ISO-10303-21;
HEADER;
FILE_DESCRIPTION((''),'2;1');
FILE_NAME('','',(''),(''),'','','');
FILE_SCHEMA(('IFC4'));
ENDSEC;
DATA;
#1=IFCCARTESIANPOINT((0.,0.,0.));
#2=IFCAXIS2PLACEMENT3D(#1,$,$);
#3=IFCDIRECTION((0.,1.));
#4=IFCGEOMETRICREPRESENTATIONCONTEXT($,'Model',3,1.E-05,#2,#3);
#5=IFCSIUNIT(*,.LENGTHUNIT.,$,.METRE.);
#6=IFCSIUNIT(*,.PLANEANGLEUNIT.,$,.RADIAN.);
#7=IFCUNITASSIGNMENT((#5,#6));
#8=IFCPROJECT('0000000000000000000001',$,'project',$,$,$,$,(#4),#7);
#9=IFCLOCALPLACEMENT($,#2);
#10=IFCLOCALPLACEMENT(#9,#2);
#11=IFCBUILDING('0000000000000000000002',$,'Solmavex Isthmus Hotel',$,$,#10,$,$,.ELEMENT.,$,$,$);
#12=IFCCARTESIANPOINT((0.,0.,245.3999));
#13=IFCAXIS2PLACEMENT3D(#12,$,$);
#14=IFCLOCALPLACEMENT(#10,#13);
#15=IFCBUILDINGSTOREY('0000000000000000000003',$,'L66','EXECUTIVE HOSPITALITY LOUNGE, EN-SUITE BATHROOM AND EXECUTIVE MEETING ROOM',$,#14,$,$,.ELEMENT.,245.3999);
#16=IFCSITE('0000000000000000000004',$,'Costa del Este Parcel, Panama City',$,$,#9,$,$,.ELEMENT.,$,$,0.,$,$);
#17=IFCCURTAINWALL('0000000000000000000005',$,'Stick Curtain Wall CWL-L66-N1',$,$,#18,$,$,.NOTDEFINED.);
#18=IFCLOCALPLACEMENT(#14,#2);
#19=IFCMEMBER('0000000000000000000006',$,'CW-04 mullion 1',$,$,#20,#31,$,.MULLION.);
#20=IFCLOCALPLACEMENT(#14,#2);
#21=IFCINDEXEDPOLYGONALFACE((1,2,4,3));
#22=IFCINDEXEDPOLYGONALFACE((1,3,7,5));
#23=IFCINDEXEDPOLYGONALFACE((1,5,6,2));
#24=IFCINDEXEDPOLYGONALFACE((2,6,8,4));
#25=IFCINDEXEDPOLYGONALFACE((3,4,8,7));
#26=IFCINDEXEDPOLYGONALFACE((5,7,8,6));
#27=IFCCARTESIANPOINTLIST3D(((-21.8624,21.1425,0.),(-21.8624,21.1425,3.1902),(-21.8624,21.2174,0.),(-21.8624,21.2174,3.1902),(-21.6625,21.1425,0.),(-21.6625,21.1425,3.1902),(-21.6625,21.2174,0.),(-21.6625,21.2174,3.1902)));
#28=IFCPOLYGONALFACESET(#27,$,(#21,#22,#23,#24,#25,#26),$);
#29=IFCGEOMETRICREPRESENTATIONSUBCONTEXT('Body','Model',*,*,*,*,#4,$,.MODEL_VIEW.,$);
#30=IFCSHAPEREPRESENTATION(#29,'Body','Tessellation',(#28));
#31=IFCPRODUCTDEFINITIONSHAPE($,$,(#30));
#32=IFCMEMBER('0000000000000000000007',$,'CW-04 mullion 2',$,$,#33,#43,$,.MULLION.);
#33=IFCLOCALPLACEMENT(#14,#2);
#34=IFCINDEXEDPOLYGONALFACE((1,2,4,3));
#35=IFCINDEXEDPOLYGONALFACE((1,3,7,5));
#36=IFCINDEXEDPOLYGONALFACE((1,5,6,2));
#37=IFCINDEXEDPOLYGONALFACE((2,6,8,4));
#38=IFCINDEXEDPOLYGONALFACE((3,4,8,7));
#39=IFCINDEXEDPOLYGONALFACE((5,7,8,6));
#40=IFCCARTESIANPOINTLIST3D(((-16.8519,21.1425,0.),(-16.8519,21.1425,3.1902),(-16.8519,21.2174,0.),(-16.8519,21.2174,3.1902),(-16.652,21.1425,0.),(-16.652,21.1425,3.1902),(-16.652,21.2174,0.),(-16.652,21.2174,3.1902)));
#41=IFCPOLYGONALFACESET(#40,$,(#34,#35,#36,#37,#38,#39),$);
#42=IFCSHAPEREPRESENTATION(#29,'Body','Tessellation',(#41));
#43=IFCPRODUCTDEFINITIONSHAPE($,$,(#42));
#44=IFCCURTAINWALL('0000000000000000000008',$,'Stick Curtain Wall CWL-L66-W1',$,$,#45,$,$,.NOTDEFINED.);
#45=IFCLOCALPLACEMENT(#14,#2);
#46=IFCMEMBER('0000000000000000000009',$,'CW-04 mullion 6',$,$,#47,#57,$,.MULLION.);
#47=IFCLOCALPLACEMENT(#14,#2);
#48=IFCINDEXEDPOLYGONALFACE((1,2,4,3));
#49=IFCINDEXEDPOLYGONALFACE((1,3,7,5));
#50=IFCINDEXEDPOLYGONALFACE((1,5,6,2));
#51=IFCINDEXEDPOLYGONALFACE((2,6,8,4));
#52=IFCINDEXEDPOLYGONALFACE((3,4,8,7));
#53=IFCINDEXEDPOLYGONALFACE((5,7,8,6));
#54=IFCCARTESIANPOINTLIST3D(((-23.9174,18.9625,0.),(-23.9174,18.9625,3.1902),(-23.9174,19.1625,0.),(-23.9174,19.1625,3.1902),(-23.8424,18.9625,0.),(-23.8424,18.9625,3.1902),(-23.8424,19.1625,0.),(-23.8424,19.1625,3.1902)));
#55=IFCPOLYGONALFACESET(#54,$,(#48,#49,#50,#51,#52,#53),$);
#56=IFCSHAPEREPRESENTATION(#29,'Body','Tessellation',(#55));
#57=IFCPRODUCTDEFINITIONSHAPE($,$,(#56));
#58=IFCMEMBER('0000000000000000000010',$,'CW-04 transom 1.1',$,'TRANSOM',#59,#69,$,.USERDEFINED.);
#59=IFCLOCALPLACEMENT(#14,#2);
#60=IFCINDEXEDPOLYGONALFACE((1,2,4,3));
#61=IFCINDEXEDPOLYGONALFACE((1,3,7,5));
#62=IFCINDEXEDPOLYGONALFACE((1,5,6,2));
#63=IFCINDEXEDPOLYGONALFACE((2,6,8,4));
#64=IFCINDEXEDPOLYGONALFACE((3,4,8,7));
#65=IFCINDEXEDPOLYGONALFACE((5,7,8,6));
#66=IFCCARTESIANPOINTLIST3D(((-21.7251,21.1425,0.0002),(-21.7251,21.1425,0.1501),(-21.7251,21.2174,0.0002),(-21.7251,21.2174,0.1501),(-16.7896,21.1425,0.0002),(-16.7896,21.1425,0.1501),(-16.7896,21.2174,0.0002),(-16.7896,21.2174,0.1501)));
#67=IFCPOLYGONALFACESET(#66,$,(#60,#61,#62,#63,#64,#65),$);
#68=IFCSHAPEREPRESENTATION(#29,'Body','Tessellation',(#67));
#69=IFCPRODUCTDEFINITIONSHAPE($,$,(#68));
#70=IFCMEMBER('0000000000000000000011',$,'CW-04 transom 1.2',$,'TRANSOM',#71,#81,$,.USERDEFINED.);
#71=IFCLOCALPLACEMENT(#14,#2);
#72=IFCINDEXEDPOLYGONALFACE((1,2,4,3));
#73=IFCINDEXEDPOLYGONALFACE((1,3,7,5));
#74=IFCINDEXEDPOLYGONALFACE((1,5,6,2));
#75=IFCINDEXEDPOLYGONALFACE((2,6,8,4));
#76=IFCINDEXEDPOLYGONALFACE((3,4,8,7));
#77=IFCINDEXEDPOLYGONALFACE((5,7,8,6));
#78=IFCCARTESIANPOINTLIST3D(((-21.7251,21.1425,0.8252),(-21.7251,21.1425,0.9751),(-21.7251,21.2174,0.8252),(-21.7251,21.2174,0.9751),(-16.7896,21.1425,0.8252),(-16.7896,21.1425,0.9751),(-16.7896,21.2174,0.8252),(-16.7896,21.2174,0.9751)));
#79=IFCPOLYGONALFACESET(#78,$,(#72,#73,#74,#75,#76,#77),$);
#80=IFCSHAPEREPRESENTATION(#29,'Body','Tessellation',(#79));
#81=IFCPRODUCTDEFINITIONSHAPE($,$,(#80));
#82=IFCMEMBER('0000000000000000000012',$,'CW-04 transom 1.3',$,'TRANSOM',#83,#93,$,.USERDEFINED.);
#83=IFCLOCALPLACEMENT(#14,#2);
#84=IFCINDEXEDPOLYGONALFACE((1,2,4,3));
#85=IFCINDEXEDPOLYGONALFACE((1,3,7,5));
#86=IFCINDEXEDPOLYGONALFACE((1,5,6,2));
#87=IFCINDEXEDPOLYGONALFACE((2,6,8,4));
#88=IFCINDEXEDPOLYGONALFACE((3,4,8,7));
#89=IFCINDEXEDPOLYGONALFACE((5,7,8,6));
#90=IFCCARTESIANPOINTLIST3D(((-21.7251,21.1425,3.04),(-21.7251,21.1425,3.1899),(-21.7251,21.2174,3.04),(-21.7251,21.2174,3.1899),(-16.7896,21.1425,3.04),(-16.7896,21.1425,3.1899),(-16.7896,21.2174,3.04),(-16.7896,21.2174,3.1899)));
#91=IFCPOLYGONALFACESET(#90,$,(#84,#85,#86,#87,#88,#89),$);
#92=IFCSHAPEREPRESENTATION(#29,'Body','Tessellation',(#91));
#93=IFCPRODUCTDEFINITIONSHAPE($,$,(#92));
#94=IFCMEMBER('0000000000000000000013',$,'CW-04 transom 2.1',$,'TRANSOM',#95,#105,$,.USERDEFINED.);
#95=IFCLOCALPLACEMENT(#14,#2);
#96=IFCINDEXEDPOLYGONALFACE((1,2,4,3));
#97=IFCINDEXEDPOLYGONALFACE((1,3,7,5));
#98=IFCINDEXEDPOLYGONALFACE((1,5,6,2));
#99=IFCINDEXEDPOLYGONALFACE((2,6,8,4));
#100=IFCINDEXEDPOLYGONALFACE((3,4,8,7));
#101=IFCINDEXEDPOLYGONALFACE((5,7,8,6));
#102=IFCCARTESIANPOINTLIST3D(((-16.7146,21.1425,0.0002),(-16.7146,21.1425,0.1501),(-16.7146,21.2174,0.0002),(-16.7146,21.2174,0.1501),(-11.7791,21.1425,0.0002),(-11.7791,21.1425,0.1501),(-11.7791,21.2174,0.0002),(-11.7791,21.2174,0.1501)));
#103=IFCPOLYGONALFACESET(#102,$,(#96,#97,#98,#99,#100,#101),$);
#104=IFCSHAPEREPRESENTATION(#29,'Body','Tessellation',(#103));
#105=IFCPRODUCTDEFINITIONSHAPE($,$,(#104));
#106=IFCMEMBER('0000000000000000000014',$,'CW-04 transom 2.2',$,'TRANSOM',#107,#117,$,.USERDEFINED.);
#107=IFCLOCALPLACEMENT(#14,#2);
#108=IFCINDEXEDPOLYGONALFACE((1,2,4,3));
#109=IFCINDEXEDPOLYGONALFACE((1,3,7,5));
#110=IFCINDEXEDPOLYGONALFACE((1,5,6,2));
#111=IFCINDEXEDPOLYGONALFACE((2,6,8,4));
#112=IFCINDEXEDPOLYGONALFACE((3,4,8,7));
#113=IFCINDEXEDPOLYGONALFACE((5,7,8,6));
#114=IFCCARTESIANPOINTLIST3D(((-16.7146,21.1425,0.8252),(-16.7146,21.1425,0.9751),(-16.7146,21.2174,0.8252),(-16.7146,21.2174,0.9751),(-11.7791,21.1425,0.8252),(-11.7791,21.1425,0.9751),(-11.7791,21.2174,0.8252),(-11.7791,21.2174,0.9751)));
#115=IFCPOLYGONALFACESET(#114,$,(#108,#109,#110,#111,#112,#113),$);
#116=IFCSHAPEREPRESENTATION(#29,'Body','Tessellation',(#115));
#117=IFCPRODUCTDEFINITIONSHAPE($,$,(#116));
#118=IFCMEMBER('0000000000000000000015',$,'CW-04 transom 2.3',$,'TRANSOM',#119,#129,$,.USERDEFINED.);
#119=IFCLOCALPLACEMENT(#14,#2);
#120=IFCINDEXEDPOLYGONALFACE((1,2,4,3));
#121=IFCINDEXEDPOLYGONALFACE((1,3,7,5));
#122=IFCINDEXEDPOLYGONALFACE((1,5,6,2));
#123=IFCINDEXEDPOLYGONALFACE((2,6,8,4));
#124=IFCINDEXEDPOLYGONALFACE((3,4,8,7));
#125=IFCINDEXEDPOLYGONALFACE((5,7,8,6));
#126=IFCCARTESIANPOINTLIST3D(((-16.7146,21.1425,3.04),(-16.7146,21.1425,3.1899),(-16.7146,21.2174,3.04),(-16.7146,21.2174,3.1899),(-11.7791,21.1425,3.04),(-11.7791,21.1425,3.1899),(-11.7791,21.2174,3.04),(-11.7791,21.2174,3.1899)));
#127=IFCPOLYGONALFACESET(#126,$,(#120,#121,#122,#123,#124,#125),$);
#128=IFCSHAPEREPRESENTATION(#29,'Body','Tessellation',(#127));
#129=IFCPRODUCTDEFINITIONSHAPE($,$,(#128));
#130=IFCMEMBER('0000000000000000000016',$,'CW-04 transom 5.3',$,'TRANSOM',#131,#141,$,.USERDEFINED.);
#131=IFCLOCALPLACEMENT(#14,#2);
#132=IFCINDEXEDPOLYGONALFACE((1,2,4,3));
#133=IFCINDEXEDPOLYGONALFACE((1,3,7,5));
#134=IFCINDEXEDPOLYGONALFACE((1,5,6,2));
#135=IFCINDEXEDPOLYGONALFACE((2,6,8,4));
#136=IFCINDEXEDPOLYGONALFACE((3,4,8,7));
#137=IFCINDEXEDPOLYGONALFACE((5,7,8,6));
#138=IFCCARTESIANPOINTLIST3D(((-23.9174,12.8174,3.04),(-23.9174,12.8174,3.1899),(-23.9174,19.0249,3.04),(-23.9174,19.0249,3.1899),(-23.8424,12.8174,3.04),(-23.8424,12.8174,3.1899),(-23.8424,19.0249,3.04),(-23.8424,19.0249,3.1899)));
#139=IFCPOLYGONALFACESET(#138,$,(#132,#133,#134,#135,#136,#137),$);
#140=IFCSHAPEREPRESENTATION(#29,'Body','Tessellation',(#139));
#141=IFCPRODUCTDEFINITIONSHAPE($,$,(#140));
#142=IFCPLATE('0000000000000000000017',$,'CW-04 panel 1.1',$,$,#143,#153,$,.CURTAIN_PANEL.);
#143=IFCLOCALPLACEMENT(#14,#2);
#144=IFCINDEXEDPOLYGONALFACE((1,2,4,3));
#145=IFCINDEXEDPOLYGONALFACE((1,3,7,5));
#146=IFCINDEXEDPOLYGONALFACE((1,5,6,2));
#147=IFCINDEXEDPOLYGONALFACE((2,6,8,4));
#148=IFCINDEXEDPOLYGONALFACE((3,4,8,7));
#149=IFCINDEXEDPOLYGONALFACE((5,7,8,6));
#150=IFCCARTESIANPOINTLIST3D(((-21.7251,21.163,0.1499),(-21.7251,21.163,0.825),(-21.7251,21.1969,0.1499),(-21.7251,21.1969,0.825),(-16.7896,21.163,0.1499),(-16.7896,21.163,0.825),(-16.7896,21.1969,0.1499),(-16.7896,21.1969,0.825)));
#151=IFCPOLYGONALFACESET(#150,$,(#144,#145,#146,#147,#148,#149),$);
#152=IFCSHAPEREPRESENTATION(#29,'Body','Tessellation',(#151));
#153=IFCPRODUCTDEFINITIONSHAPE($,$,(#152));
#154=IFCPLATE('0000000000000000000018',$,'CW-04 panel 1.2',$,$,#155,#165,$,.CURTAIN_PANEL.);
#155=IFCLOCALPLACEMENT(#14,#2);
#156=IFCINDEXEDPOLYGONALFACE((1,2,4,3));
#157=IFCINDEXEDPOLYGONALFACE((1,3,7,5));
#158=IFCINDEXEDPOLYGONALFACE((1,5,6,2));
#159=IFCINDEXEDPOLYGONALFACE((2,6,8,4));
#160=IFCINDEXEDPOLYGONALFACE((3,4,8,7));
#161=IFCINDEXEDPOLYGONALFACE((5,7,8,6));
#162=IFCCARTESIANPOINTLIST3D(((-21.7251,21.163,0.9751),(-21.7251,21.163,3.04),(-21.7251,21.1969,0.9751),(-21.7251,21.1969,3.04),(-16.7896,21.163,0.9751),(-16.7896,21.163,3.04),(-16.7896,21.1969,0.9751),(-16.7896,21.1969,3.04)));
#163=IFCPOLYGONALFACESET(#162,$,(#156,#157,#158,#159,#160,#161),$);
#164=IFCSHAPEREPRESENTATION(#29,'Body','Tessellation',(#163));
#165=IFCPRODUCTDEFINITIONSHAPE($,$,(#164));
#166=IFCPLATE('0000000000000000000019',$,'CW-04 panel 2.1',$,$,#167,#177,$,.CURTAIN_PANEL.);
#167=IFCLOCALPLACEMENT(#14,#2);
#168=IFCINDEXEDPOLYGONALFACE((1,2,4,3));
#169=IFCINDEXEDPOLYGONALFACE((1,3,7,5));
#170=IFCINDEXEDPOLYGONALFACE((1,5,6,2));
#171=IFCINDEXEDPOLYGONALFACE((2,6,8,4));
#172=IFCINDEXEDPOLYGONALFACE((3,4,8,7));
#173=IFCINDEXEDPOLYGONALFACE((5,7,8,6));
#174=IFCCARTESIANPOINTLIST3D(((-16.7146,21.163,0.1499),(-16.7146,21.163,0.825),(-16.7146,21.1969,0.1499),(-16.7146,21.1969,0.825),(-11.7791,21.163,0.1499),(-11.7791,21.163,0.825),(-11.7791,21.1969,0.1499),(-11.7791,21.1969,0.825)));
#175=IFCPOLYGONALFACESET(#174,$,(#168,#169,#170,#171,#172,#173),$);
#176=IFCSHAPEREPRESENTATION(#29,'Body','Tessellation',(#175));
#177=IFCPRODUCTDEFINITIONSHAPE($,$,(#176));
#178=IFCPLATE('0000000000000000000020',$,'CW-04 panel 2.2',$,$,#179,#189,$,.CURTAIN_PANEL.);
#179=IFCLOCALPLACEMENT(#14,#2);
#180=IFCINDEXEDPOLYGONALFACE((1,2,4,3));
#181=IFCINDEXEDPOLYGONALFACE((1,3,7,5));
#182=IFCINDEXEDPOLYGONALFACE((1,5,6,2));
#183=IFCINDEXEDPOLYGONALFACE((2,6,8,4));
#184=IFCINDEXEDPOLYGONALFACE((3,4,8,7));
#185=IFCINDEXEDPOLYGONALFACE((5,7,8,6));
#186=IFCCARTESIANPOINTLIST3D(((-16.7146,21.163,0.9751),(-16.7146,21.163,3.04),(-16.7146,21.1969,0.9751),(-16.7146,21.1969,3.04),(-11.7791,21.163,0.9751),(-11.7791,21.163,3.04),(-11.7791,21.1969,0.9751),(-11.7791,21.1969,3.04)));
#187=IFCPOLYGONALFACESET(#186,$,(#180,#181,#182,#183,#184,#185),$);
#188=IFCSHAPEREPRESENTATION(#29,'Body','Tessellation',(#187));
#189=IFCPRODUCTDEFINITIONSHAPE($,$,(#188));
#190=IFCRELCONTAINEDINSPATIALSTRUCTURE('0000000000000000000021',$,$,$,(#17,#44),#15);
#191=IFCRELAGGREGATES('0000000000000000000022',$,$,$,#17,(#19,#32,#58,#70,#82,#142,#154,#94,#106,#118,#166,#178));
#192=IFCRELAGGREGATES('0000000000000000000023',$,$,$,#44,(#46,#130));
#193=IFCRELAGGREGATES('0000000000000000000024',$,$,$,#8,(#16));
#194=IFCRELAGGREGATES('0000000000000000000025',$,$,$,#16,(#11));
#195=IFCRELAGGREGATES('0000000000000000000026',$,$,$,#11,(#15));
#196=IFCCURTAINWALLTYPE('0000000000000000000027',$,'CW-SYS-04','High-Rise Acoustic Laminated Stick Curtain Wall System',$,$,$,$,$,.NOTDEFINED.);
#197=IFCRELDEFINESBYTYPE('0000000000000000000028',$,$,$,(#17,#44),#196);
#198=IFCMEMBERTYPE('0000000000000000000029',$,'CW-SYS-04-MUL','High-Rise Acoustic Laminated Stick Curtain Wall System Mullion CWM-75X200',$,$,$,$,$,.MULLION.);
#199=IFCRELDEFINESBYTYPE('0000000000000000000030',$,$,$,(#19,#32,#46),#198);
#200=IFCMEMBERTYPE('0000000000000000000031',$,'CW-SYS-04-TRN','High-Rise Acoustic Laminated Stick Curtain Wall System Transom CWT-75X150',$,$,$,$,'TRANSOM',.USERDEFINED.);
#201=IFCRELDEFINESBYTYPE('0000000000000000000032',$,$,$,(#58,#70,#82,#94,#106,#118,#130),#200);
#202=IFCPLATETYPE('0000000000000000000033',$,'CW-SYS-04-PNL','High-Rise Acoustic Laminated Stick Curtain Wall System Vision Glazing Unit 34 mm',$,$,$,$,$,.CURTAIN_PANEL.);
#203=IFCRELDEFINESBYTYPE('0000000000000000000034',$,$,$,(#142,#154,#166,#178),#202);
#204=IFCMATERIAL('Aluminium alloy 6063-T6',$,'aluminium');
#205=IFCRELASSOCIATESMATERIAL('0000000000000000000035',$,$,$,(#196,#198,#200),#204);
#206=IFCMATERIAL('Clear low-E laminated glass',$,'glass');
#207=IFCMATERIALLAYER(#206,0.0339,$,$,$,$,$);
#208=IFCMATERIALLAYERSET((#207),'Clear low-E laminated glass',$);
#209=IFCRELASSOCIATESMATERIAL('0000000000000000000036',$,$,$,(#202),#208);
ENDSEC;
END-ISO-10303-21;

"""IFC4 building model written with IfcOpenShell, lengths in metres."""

from ifc_helpers import new_model, si_unit, direction, frame, origin, origin_2d, place, context, subcontext, project, spatial, rectangle, extrude, material, layer, layer_set, material_profile, profile_set, type_object, element, aggregate, save


model = new_model("IFC4")

# Units and contexts
model_context = context("Model", 3, precision=1e-05, world=origin(), true_north=direction((0.0, 1.0)))
body_context = subcontext(model_context, "Body", "Model", "MODEL_VIEW")
ifc_project = project(units=[si_unit("LENGTHUNIT", "METRE"), si_unit("PLANEANGLEUNIT", "RADIAN")], contexts=[model_context])

# Site, building, storey
site_placement = place(None, origin())
site = spatial("IfcSite", under=ifc_project, at=site_placement, Name="Costa del Este Parcel, Panama City", CompositionType="ELEMENT", RefElevation=0.0)
building_placement = place(site_placement, origin())
building = spatial("IfcBuilding", under=site, at=building_placement, Name="Solmavex Isthmus Hotel", CompositionType="ELEMENT")
storey_placement = place(building_placement, frame((0.0, 0.0, 245.3999)))
storey = spatial("IfcBuildingStorey", under=building, at=storey_placement, Name="L66", Description="EXECUTIVE HOSPITALITY LOUNGE, EN-SUITE BATHROOM AND EXECUTIVE MEETING ROOM", CompositionType="ELEMENT", Elevation=245.3999)

# Curtain wall, members
ifc_material_1 = material(Name="Aluminium alloy 6063-T6", Category="aluminium")
curtain_wall_type = type_object("IfcCurtainWallType", Name="CW-SYS-04", Description="High-Rise Acoustic Laminated Stick Curtain Wall System", PredefinedType="NOTDEFINED", material=ifc_material_1)
curtain_wall_1_placement = place(storey_placement, origin())
curtain_wall_1 = element("IfcCurtainWall", 1, at=curtain_wall_1_placement, inside=storey, type_object=curtain_wall_type, Name="Stick Curtain Wall CWL-L66-N1", PredefinedType="NOTDEFINED")
ifc_material_profile_1 = material_profile(ifc_material_1, rectangle(XDim=0.075, YDim=0.2, at=origin_2d()), Name="CWM-75X200")
ifc_profile_set_1 = profile_set([ifc_material_profile_1], Name="Aluminium alloy 6063-T6")
member_type_1 = type_object("IfcMemberType", Name="CW-SYS-04-MUL", Description="High-Rise Acoustic Laminated Stick Curtain Wall System Mullion CWM-75X200", PredefinedType="MULLION", material=ifc_profile_set_1)
member_1_placement = place(storey_placement, frame((-21.7625, 21.1799, 0.0), z_axis=(0.0, 0.0, 1.0), x_axis=(0.0, 1.0, 0.0)))
member_1 = element("IfcMember", 2, at=member_1_placement, type_object=member_type_1, Name="CW-04 mullion 1", PredefinedType="MULLION", context=body_context, shape_type="SweptSolid", body=[
    extrude(rectangle(XDim=0.075, YDim=0.2, at=origin_2d()), origin(), (0.0, 0.0, 1.0), 3.1902),
])
member_2_placement = place(storey_placement, frame((-16.752, 21.1799, 0.0), z_axis=(0.0, 0.0, 1.0), x_axis=(0.0, 1.0, 0.0)))
member_2 = element("IfcMember", 3, at=member_2_placement, type_object=member_type_1, Name="CW-04 mullion 2", PredefinedType="MULLION", context=body_context, shape_type="SweptSolid", body=[
    extrude(rectangle(XDim=0.075, YDim=0.2, at=origin_2d()), origin(), (0.0, 0.0, 1.0), 3.1902),
])

# Curtain wall, member
curtain_wall_2_placement = place(storey_placement, origin())
curtain_wall_2 = element("IfcCurtainWall", 4, at=curtain_wall_2_placement, inside=storey, type_object=curtain_wall_type, Name="Stick Curtain Wall CWL-L66-W1", PredefinedType="NOTDEFINED")
member_3_placement = place(storey_placement, frame((-23.8799, 19.0625, 0.0), z_axis=(0.0, 0.0, 1.0), x_axis=(-1.0, 0.0, 0.0)))
member_3 = element("IfcMember", 5, at=member_3_placement, type_object=member_type_1, Name="CW-04 mullion 6", PredefinedType="MULLION", context=body_context, shape_type="SweptSolid", body=[
    extrude(rectangle(XDim=0.075, YDim=0.2, at=origin_2d()), origin(), (0.0, 0.0, 1.0), 3.1902),
])

# Members
ifc_material_profile_2 = material_profile(ifc_material_1, rectangle(XDim=0.075, YDim=0.1499, at=origin_2d()), Name="CWT-75X150")
ifc_profile_set_2 = profile_set([ifc_material_profile_2], Name="Aluminium alloy 6063-T6")
member_type_2 = type_object("IfcMemberType", Name="CW-SYS-04-TRN", Description="High-Rise Acoustic Laminated Stick Curtain Wall System Transom CWT-75X150", ElementType="TRANSOM", PredefinedType="USERDEFINED", material=ifc_profile_set_2)
member_4_placement = place(storey_placement, frame((-21.7251, 21.1799, 0.0752), z_axis=(1.0, 0.0, 0.0), x_axis=(0.0, 1.0, 0.0)))
member_4 = element("IfcMember", 6, at=member_4_placement, type_object=member_type_2, Name="CW-04 transom 1.1", ObjectType="TRANSOM", PredefinedType="USERDEFINED", context=body_context, shape_type="SweptSolid", body=[
    extrude(rectangle(XDim=0.075, YDim=0.1499, at=origin_2d()), origin(), (0.0, 0.0, 1.0), 4.9355),
])
member_5_placement = place(storey_placement, frame((-21.7251, 21.1799, 0.9001), z_axis=(1.0, 0.0, 0.0), x_axis=(0.0, 1.0, 0.0)))
member_5 = element("IfcMember", 7, at=member_5_placement, type_object=member_type_2, Name="CW-04 transom 1.2", ObjectType="TRANSOM", PredefinedType="USERDEFINED", context=body_context, shape_type="SweptSolid", body=[
    extrude(rectangle(XDim=0.075, YDim=0.1499, at=origin_2d()), origin(), (0.0, 0.0, 1.0), 4.9355),
])
member_6_placement = place(storey_placement, frame((-21.7251, 21.1799, 3.115), z_axis=(1.0, 0.0, 0.0), x_axis=(0.0, 1.0, 0.0)))
member_6 = element("IfcMember", 8, at=member_6_placement, type_object=member_type_2, Name="CW-04 transom 1.3", ObjectType="TRANSOM", PredefinedType="USERDEFINED", context=body_context, shape_type="SweptSolid", body=[
    extrude(rectangle(XDim=0.075, YDim=0.1499, at=origin_2d()), origin(), (0.0, 0.0, 1.0), 4.9355),
])
member_7_placement = place(storey_placement, frame((-16.7146, 21.1799, 0.0752), z_axis=(1.0, 0.0, 0.0), x_axis=(0.0, 1.0, 0.0)))
member_7 = element("IfcMember", 9, at=member_7_placement, type_object=member_type_2, Name="CW-04 transom 2.1", ObjectType="TRANSOM", PredefinedType="USERDEFINED", context=body_context, shape_type="SweptSolid", body=[
    extrude(rectangle(XDim=0.075, YDim=0.1499, at=origin_2d()), origin(), (0.0, 0.0, 1.0), 4.9355),
])
member_8_placement = place(storey_placement, frame((-16.7146, 21.1799, 0.9001), z_axis=(1.0, 0.0, 0.0), x_axis=(0.0, 1.0, 0.0)))
member_8 = element("IfcMember", 10, at=member_8_placement, type_object=member_type_2, Name="CW-04 transom 2.2", ObjectType="TRANSOM", PredefinedType="USERDEFINED", context=body_context, shape_type="SweptSolid", body=[
    extrude(rectangle(XDim=0.075, YDim=0.1499, at=origin_2d()), origin(), (0.0, 0.0, 1.0), 4.9355),
])
member_9_placement = place(storey_placement, frame((-16.7146, 21.1799, 3.115), z_axis=(1.0, 0.0, 0.0), x_axis=(0.0, 1.0, 0.0)))
member_9 = element("IfcMember", 11, at=member_9_placement, type_object=member_type_2, Name="CW-04 transom 2.3", ObjectType="TRANSOM", PredefinedType="USERDEFINED", context=body_context, shape_type="SweptSolid", body=[
    extrude(rectangle(XDim=0.075, YDim=0.1499, at=origin_2d()), origin(), (0.0, 0.0, 1.0), 4.9355),
])
member_10_placement = place(storey_placement, frame((-23.8799, 12.8174, 3.115), z_axis=(0.0, 1.0, 0.0), x_axis=(-1.0, 0.0, 0.0)))
member_10 = element("IfcMember", 12, at=member_10_placement, type_object=member_type_2, Name="CW-04 transom 5.3", ObjectType="TRANSOM", PredefinedType="USERDEFINED", context=body_context, shape_type="SweptSolid", body=[
    extrude(rectangle(XDim=0.075, YDim=0.1499, at=origin_2d()), origin(), (0.0, 0.0, 1.0), 6.2075),
])

# Plates
ifc_material_2 = material(Name="Clear low-E laminated glass", Category="glass")
ifc_layer_1 = layer(ifc_material_2, 0.0339)
ifc_layer_set_1 = layer_set([ifc_layer_1], Name="Clear low-E laminated glass")
plate_type = type_object("IfcPlateType", Name="CW-SYS-04-PNL", Description="High-Rise Acoustic Laminated Stick Curtain Wall System Vision Glazing Unit 34 mm", PredefinedType="CURTAIN_PANEL", material=ifc_layer_set_1)
plate_1_placement = place(storey_placement, frame((-19.2573, 21.1799, 0.1499), z_axis=(0.0, 0.0, 1.0), x_axis=(1.0, 0.0, 0.0)))
plate_1 = element("IfcPlate", 13, at=plate_1_placement, type_object=plate_type, Name="CW-04 panel 1.1", PredefinedType="CURTAIN_PANEL", context=body_context, shape_type="SweptSolid", body=[
    extrude(rectangle(XDim=4.9355, YDim=0.0339, at=origin_2d()), origin(), (0.0, 0.0, 1.0), 0.675),
])
plate_2_placement = place(storey_placement, frame((-19.2573, 21.1799, 0.9751), z_axis=(0.0, 0.0, 1.0), x_axis=(1.0, 0.0, 0.0)))
plate_2 = element("IfcPlate", 14, at=plate_2_placement, type_object=plate_type, Name="CW-04 panel 1.2", PredefinedType="CURTAIN_PANEL", context=body_context, shape_type="SweptSolid", body=[
    extrude(rectangle(XDim=4.9355, YDim=0.0339, at=origin_2d()), origin(), (0.0, 0.0, 1.0), 2.0649),
])
plate_3_placement = place(storey_placement, frame((-14.2468, 21.1799, 0.1499), z_axis=(0.0, 0.0, 1.0), x_axis=(1.0, 0.0, 0.0)))
plate_3 = element("IfcPlate", 15, at=plate_3_placement, type_object=plate_type, Name="CW-04 panel 2.1", PredefinedType="CURTAIN_PANEL", context=body_context, shape_type="SweptSolid", body=[
    extrude(rectangle(XDim=4.9355, YDim=0.0339, at=origin_2d()), origin(), (0.0, 0.0, 1.0), 0.675),
])
plate_4_placement = place(storey_placement, frame((-14.2468, 21.1799, 0.9751), z_axis=(0.0, 0.0, 1.0), x_axis=(1.0, 0.0, 0.0)))
plate_4 = element("IfcPlate", 16, at=plate_4_placement, type_object=plate_type, Name="CW-04 panel 2.2", PredefinedType="CURTAIN_PANEL", context=body_context, shape_type="SweptSolid", body=[
    extrude(rectangle(XDim=4.9355, YDim=0.0339, at=origin_2d()), origin(), (0.0, 0.0, 1.0), 2.0649),
])
aggregate(curtain_wall_1, [member_1, member_2, member_4, member_5, member_6, plate_1, plate_2, member_7, member_8, member_9, plate_3, plate_4])
aggregate(curtain_wall_2, [member_3, member_10])

save(model, "model.ifc")
